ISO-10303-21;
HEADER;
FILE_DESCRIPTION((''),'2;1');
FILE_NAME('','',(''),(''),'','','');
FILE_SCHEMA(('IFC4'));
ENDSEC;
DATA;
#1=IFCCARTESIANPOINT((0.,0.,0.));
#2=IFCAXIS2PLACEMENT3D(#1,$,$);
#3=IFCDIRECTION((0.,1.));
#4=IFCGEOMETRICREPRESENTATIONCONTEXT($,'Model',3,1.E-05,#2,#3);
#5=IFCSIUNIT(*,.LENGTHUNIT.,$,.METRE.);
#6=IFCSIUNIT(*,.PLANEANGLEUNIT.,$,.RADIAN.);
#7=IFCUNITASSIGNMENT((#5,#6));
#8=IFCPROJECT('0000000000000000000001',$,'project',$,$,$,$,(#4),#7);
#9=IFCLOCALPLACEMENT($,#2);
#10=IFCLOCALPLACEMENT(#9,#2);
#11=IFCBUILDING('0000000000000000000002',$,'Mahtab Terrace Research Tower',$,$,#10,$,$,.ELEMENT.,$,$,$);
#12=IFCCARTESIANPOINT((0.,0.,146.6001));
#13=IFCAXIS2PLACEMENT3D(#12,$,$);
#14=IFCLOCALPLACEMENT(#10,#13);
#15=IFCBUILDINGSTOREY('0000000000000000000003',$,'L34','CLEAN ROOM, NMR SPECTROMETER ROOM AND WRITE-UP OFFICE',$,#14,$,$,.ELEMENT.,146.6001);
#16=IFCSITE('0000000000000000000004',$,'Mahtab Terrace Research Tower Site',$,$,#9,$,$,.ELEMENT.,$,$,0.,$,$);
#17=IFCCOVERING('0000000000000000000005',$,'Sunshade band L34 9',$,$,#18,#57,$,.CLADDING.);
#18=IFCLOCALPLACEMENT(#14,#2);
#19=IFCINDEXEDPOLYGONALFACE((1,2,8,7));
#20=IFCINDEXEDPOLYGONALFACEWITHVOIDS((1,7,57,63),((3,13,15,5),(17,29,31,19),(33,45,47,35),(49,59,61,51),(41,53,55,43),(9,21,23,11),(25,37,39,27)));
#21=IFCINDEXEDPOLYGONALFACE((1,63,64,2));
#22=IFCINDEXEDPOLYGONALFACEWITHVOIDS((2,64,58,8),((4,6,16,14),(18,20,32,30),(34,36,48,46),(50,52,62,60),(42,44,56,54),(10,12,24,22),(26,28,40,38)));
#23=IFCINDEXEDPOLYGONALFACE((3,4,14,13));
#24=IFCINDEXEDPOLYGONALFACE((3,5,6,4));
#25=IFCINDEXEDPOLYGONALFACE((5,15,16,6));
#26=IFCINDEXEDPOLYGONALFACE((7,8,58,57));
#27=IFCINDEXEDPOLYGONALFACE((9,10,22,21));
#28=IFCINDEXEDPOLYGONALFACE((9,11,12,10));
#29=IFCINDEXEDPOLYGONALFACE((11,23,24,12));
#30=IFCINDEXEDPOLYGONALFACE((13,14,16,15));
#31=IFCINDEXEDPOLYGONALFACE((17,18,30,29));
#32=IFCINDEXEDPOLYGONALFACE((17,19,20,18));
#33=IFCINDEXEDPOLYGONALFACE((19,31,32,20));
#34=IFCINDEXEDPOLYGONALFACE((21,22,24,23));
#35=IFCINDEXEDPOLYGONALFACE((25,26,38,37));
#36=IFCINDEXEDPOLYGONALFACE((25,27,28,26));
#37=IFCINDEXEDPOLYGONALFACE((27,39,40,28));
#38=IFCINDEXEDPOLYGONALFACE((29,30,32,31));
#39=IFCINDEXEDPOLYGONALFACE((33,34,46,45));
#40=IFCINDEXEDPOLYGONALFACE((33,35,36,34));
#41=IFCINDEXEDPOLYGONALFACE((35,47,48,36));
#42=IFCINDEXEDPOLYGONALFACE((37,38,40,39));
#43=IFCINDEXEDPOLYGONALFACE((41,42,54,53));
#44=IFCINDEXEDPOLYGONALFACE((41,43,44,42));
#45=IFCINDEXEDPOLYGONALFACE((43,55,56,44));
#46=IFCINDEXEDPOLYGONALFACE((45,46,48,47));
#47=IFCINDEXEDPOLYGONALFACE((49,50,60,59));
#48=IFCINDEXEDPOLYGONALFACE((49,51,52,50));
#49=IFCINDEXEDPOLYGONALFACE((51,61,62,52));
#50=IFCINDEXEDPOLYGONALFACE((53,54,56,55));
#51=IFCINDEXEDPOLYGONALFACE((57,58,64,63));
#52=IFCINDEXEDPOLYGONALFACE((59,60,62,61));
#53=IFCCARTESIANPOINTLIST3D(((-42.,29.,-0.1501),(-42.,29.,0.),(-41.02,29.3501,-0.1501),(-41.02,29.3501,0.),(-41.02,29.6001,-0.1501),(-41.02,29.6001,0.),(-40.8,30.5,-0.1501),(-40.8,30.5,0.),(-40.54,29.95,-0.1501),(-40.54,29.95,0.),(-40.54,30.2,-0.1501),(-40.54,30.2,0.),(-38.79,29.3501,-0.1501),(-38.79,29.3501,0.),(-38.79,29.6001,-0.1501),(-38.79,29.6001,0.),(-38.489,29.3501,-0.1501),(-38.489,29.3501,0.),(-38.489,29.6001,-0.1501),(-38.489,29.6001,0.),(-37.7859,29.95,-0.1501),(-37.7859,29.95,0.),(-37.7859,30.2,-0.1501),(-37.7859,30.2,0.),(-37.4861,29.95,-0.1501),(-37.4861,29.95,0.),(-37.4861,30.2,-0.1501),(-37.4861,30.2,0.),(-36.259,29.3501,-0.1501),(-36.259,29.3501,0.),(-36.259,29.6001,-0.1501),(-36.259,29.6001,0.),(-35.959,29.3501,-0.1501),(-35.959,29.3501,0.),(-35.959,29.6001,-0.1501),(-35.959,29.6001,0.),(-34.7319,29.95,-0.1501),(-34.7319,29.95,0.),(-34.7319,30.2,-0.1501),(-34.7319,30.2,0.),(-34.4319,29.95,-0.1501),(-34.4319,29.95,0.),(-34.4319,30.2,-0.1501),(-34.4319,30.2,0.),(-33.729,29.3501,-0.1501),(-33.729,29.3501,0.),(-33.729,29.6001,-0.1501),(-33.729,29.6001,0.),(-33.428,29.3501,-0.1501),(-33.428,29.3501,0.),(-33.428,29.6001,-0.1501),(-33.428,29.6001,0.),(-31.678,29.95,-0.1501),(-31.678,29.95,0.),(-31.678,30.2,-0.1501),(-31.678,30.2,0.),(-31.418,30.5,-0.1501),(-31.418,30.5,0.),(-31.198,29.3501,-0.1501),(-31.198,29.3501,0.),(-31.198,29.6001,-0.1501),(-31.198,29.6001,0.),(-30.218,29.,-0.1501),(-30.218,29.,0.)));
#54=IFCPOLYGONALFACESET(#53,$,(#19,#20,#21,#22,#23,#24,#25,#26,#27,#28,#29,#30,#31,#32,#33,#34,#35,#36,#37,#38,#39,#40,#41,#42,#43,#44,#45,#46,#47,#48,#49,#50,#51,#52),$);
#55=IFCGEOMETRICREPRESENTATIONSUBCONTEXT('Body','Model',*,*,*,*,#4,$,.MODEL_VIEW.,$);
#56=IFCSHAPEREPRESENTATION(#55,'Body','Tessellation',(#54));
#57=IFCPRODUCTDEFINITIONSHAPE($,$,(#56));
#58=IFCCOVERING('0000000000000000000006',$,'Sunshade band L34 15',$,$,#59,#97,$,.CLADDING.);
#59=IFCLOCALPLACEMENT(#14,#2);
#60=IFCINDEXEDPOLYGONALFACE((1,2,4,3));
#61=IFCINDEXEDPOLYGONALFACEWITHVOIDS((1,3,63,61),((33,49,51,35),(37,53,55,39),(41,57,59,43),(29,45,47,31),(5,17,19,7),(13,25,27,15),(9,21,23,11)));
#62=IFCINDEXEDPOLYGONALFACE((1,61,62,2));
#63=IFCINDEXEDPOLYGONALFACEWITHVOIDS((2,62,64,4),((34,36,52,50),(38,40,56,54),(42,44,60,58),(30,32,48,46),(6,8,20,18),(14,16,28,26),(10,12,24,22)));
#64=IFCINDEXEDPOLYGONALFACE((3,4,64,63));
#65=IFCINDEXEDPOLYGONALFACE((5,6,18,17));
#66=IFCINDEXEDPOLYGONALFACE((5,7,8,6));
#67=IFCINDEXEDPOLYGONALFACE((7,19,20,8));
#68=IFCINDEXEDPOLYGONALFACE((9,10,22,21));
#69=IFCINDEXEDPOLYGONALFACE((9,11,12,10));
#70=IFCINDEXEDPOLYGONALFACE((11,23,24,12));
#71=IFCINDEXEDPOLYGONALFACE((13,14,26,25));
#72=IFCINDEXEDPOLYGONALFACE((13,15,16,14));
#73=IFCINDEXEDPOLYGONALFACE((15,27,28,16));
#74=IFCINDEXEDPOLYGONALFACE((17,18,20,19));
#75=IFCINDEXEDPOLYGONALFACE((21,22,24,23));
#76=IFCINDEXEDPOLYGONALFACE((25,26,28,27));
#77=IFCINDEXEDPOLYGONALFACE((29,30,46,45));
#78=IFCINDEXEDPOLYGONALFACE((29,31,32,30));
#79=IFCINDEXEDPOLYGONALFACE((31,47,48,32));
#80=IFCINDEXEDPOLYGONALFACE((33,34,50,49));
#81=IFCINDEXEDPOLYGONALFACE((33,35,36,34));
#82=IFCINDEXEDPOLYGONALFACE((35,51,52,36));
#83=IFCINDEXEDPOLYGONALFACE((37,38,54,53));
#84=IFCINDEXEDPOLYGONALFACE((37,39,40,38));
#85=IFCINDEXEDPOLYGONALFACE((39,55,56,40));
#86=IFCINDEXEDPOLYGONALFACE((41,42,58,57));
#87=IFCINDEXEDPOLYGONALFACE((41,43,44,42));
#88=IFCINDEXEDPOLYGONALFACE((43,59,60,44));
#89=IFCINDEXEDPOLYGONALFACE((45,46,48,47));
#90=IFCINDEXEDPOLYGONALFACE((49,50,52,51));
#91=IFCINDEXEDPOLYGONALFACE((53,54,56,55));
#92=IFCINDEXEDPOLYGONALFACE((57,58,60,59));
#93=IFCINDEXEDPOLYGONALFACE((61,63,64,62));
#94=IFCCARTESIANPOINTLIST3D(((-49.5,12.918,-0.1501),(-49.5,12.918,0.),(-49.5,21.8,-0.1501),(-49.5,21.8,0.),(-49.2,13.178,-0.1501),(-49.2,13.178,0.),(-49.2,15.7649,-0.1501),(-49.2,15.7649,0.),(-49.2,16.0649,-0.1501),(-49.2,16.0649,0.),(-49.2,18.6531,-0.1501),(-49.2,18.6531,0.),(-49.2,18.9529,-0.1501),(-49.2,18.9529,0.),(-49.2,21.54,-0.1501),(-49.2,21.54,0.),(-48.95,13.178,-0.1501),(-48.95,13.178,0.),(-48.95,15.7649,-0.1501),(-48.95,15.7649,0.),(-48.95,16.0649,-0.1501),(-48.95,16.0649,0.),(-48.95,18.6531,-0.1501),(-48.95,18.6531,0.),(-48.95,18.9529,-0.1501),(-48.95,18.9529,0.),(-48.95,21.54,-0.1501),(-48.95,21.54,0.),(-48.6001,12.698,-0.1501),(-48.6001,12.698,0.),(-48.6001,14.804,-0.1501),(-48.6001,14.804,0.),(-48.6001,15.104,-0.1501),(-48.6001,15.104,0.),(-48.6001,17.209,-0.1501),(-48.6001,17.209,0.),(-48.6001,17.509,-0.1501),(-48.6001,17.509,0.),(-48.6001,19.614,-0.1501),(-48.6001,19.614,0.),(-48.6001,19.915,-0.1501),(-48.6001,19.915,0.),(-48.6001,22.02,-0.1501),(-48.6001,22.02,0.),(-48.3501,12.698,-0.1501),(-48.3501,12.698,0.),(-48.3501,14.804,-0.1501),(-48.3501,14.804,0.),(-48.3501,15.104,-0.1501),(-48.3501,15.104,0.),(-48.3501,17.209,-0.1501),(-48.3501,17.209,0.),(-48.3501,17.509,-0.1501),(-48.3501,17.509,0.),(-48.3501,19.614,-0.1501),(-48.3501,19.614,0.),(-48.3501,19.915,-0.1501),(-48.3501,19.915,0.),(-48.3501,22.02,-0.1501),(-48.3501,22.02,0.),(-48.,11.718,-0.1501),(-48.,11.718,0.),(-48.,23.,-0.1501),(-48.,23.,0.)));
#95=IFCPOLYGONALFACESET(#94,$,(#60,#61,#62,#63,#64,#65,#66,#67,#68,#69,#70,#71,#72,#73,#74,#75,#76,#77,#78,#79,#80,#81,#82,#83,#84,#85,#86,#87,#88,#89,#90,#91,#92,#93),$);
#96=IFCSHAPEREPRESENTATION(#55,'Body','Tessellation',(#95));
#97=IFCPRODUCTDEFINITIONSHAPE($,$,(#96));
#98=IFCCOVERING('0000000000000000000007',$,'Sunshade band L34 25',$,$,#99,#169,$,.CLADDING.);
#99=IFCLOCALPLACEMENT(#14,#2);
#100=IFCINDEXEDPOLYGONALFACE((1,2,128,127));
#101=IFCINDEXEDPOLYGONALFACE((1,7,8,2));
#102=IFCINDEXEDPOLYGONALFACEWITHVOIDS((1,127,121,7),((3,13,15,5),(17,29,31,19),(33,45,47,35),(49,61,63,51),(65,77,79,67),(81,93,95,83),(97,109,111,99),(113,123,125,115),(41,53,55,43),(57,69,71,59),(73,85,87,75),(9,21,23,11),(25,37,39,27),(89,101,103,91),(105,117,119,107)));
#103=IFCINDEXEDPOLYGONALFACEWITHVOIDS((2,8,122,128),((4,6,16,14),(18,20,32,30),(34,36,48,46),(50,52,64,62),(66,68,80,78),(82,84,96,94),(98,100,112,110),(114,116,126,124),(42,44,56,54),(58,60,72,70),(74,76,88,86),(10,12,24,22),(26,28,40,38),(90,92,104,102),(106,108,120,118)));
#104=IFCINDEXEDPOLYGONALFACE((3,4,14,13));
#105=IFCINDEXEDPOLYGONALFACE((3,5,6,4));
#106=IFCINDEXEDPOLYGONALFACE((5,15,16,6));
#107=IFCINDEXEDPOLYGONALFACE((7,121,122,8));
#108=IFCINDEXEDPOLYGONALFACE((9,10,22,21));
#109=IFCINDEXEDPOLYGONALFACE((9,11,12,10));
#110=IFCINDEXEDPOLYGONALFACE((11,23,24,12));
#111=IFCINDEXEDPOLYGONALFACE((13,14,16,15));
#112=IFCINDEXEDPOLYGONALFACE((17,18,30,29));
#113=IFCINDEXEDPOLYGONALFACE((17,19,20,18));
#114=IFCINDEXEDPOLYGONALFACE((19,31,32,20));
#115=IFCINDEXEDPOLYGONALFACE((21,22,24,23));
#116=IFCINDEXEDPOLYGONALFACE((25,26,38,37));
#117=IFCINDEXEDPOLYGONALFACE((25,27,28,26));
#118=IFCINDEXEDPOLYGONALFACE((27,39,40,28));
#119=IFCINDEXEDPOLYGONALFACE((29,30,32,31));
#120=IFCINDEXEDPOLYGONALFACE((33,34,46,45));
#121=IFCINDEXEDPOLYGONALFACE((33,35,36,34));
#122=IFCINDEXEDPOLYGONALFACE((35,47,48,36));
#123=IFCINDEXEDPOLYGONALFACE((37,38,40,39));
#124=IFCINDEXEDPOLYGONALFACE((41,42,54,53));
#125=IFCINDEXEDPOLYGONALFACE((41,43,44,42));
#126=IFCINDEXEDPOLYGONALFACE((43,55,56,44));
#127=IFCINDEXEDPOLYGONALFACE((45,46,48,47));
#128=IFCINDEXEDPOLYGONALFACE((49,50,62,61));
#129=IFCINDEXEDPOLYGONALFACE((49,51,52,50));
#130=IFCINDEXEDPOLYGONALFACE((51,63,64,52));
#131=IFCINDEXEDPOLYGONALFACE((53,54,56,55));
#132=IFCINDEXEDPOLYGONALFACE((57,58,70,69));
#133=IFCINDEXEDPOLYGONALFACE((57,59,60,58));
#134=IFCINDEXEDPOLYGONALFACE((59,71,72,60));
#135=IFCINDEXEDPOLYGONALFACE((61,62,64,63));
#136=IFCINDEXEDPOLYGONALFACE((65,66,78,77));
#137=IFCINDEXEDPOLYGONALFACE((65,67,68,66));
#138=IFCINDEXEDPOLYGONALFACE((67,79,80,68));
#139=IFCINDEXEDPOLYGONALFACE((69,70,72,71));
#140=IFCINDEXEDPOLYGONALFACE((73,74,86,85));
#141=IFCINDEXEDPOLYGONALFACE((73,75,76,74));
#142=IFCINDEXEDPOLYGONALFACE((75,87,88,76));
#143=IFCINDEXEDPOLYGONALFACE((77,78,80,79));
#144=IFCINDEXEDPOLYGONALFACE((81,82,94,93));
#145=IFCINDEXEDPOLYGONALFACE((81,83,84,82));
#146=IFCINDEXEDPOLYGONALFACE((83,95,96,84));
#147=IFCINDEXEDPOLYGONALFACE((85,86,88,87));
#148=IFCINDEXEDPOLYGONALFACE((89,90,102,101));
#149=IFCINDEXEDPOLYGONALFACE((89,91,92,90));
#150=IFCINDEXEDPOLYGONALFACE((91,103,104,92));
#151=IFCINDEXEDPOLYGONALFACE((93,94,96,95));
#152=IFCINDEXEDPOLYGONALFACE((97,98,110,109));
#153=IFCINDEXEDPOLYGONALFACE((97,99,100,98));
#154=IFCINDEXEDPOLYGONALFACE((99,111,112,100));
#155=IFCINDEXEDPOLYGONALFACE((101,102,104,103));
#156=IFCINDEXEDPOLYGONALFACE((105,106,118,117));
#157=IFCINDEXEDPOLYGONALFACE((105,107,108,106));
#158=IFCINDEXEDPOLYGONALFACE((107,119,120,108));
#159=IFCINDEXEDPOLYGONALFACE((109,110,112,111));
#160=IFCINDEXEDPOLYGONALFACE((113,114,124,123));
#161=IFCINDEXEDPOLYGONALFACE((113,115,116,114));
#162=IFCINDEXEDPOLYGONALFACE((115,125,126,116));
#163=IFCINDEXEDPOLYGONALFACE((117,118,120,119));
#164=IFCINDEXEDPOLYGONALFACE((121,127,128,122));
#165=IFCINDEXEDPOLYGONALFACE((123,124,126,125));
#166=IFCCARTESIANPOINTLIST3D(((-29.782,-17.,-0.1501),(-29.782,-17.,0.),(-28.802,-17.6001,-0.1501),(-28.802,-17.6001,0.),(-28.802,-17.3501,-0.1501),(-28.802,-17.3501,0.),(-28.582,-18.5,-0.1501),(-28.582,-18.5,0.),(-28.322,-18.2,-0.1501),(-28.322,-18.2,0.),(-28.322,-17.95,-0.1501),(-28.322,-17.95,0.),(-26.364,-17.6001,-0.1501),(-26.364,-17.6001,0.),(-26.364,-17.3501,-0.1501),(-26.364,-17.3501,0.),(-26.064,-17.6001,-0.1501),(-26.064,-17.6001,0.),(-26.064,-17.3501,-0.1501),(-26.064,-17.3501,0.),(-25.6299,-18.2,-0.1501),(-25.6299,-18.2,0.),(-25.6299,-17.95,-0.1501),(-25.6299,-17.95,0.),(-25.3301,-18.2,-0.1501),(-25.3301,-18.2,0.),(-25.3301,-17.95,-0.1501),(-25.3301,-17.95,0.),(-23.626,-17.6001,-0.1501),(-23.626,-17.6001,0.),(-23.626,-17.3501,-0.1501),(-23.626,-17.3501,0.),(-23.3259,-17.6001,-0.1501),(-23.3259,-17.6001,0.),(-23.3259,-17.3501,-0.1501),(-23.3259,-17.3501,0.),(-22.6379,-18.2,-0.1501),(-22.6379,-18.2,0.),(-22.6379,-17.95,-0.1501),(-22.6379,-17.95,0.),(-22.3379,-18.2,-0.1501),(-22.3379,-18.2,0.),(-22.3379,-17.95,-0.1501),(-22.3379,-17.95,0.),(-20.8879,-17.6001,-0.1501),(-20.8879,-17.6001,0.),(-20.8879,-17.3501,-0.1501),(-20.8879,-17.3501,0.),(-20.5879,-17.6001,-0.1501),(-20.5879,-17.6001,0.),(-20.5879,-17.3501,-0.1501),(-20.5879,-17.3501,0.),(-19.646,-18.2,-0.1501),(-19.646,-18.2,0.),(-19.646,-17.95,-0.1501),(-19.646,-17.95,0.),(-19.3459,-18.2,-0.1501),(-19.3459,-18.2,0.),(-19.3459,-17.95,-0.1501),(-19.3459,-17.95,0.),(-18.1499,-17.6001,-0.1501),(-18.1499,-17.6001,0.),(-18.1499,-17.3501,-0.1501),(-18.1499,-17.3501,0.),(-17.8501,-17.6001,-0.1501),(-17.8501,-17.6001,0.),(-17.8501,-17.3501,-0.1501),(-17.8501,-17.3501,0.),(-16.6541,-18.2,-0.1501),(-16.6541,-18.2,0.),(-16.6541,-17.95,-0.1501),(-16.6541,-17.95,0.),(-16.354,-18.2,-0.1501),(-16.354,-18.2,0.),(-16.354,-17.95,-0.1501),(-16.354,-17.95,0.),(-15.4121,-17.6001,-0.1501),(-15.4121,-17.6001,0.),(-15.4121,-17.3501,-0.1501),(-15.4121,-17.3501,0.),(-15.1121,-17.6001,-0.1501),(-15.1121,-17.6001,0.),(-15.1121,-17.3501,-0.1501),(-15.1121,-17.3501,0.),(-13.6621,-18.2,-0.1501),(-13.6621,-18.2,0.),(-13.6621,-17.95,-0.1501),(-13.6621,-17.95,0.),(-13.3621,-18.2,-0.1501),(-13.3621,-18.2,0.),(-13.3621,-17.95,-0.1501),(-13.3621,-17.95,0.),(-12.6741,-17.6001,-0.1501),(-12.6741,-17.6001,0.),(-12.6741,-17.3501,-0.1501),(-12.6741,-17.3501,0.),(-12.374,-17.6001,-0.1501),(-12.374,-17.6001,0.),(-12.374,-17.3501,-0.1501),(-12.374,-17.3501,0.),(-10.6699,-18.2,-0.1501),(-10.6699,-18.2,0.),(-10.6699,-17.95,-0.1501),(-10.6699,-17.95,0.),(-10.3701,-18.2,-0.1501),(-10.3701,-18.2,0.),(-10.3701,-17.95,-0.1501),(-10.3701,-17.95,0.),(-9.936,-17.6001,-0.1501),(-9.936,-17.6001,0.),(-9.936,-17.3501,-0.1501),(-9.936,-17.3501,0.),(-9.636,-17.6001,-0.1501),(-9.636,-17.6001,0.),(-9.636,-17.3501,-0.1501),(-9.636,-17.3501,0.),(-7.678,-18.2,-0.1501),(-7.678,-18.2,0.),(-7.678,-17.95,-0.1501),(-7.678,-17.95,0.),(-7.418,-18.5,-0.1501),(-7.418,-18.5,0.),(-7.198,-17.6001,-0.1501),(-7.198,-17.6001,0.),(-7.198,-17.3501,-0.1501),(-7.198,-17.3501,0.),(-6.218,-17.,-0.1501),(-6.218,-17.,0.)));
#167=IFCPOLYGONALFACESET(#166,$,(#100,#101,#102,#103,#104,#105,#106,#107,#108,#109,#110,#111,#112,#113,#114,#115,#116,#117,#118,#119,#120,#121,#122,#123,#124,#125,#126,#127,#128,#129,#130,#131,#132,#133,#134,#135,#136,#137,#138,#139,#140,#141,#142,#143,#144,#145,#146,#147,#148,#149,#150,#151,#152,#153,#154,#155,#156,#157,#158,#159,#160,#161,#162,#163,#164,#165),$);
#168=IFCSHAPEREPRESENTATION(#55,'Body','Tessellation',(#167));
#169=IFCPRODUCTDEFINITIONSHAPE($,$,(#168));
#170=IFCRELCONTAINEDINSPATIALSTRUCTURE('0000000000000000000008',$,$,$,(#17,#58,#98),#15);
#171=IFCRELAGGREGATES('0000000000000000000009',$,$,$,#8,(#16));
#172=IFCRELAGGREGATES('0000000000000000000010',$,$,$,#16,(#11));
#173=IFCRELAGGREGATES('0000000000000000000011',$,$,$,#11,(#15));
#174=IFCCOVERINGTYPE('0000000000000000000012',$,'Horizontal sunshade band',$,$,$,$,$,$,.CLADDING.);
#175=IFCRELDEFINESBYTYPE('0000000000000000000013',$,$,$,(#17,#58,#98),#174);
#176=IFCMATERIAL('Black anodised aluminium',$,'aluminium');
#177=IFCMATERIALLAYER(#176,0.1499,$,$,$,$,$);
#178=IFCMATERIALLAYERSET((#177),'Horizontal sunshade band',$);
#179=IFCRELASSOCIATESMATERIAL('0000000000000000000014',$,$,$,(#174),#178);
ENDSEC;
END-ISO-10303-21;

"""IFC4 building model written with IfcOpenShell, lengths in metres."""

from ifc_helpers import new_model, si_unit, direction, frame, origin, place, context, subcontext, project, spatial, polyline, outline, extrude, material, layer, layer_set, type_object, element, save


model = new_model("IFC4")

# Units and contexts
model_context = context("Model", 3, precision=1e-05, world=origin(), true_north=direction((0.0, 1.0)))
body_context = subcontext(model_context, "Body", "Model", "MODEL_VIEW")
ifc_project = project(units=[si_unit("LENGTHUNIT", "METRE"), si_unit("PLANEANGLEUNIT", "RADIAN")], contexts=[model_context])

# Site, building, storey
site_placement = place(None, origin())
site = spatial("IfcSite", under=ifc_project, at=site_placement, Name="Mahtab Terrace Research Tower Site", CompositionType="ELEMENT", RefElevation=0.0)
building_placement = place(site_placement, origin())
building = spatial("IfcBuilding", under=site, at=building_placement, Name="Mahtab Terrace Research Tower", CompositionType="ELEMENT")
storey_placement = place(building_placement, frame((0.0, 0.0, 146.6001)))
storey = spatial("IfcBuildingStorey", under=building, at=storey_placement, Name="L34", Description="CLEAN ROOM, NMR SPECTROMETER ROOM AND WRITE-UP OFFICE", CompositionType="ELEMENT", Elevation=146.6001)

# Coverings
ifc_material_1 = material(Name="Black anodised aluminium", Category="aluminium")
ifc_layer_1 = layer(ifc_material_1, 0.1499)
ifc_layer_set_1 = layer_set([ifc_layer_1], Name="Horizontal sunshade band")
covering_type = type_object("IfcCoveringType", Name="Horizontal sunshade band", PredefinedType="CLADDING", material=ifc_layer_set_1)
covering_1_placement = place(storey_placement, frame((0.0, 0.0, -0.1501)))
element("IfcCovering", 1, at=covering_1_placement, inside=storey, type_object=covering_type, Name="Sunshade band L34 9", PredefinedType="CLADDING", context=body_context, shape_type="SweptSolid", body=[
    extrude(outline(polyline([(-30.218, 29.0), (-42.0, 29.0), (-40.8, 30.5), (-31.418, 30.5), (-30.218, 29.0)]), holes=[polyline([(-31.198, 29.3501), (-33.428, 29.3501), (-33.428, 29.6001), (-31.198, 29.6001), (-31.198, 29.3501)]), polyline([(-33.729, 29.3501), (-35.959, 29.3501), (-35.959, 29.6001), (-33.729, 29.6001), (-33.729, 29.3501)]), polyline([(-36.259, 29.3501), (-38.489, 29.3501), (-38.489, 29.6001), (-36.259, 29.6001), (-36.259, 29.3501)]), polyline([(-38.79, 29.3501), (-41.02, 29.3501), (-41.02, 29.6001), (-38.79, 29.6001), (-38.79, 29.3501)]), polyline([(-31.678, 29.95), (-34.4319, 29.95), (-34.4319, 30.2), (-31.678, 30.2), (-31.678, 29.95)]), polyline([(-34.7319, 29.95), (-37.4861, 29.95), (-37.4861, 30.2), (-34.7319, 30.2), (-34.7319, 29.95)]), polyline([(-37.7859, 29.95), (-40.54, 29.95), (-40.54, 30.2), (-37.7859, 30.2), (-37.7859, 29.95)])]), origin(), (0.0, 0.0, 1.0), 0.1501),
])
covering_2_placement = place(storey_placement, frame((0.0, 0.0, -0.1501)))
element("IfcCovering", 2, at=covering_2_placement, inside=storey, type_object=covering_type, Name="Sunshade band L34 15", PredefinedType="CLADDING", context=body_context, shape_type="SweptSolid", body=[
    extrude(outline(polyline([(-48.0, 23.0), (-48.0, 11.718), (-49.5, 12.918), (-49.5, 21.8), (-48.0, 23.0)]), holes=[polyline([(-48.3501, 22.02), (-48.3501, 19.915), (-48.6001, 19.915), (-48.6001, 22.02), (-48.3501, 22.02)]), polyline([(-48.3501, 19.614), (-48.3501, 17.509), (-48.6001, 17.509), (-48.6001, 19.614), (-48.3501, 19.614)]), polyline([(-48.3501, 17.209), (-48.3501, 15.104), (-48.6001, 15.104), (-48.6001, 17.209), (-48.3501, 17.209)]), polyline([(-48.3501, 14.804), (-48.3501, 12.698), (-48.6001, 12.698), (-48.6001, 14.804), (-48.3501, 14.804)]), polyline([(-48.95, 21.54), (-48.95, 18.9529), (-49.2, 18.9529), (-49.2, 21.54), (-48.95, 21.54)]), polyline([(-48.95, 18.6531), (-48.95, 16.0649), (-49.2, 16.0649), (-49.2, 18.6531), (-48.95, 18.6531)]), polyline([(-48.95, 15.7649), (-48.95, 13.178), (-49.2, 13.178), (-49.2, 15.7649), (-48.95, 15.7649)])]), origin(), (0.0, 0.0, 1.0), 0.1501),
])
covering_3_placement = place(storey_placement, frame((0.0, 0.0, -0.1501)))
element("IfcCovering", 3, at=covering_3_placement, inside=storey, type_object=covering_type, Name="Sunshade band L34 25", PredefinedType="CLADDING", context=body_context, shape_type="SweptSolid", body=[
    extrude(outline(polyline([(-29.782, -17.0), (-6.218, -17.0), (-7.418, -18.5), (-28.582, -18.5), (-29.782, -17.0)]), holes=[polyline([(-28.802, -17.3501), (-26.364, -17.3501), (-26.364, -17.6001), (-28.802, -17.6001), (-28.802, -17.3501)]), polyline([(-26.064, -17.3501), (-23.626, -17.3501), (-23.626, -17.6001), (-26.064, -17.6001), (-26.064, -17.3501)]), polyline([(-23.3259, -17.3501), (-20.8879, -17.3501), (-20.8879, -17.6001), (-23.3259, -17.6001), (-23.3259, -17.3501)]), polyline([(-20.5879, -17.3501), (-18.1499, -17.3501), (-18.1499, -17.6001), (-20.5879, -17.6001), (-20.5879, -17.3501)]), polyline([(-17.8501, -17.3501), (-15.4121, -17.3501), (-15.4121, -17.6001), (-17.8501, -17.6001), (-17.8501, -17.3501)]), polyline([(-15.1121, -17.3501), (-12.6741, -17.3501), (-12.6741, -17.6001), (-15.1121, -17.6001), (-15.1121, -17.3501)]), polyline([(-12.374, -17.3501), (-9.936, -17.3501), (-9.936, -17.6001), (-12.374, -17.6001), (-12.374, -17.3501)]), polyline([(-9.636, -17.3501), (-7.198, -17.3501), (-7.198, -17.6001), (-9.636, -17.6001), (-9.636, -17.3501)]), polyline([(-28.322, -17.95), (-25.6299, -17.95), (-25.6299, -18.2), (-28.322, -18.2), (-28.322, -17.95)]), polyline([(-25.3301, -17.95), (-22.6379, -17.95), (-22.6379, -18.2), (-25.3301, -18.2), (-25.3301, -17.95)]), polyline([(-22.3379, -17.95), (-19.646, -17.95), (-19.646, -18.2), (-22.3379, -18.2), (-22.3379, -17.95)]), polyline([(-19.3459, -17.95), (-16.6541, -17.95), (-16.6541, -18.2), (-19.3459, -18.2), (-19.3459, -17.95)]), polyline([(-16.354, -17.95), (-13.6621, -17.95), (-13.6621, -18.2), (-16.354, -18.2), (-16.354, -17.95)]), polyline([(-13.3621, -17.95), (-10.6699, -17.95), (-10.6699, -18.2), (-13.3621, -18.2), (-13.3621, -17.95)]), polyline([(-10.3701, -17.95), (-7.678, -17.95), (-7.678, -18.2), (-10.3701, -18.2), (-10.3701, -17.95)])]), origin(), (0.0, 0.0, 1.0), 0.1501),
])

save(model, "model.ifc")
